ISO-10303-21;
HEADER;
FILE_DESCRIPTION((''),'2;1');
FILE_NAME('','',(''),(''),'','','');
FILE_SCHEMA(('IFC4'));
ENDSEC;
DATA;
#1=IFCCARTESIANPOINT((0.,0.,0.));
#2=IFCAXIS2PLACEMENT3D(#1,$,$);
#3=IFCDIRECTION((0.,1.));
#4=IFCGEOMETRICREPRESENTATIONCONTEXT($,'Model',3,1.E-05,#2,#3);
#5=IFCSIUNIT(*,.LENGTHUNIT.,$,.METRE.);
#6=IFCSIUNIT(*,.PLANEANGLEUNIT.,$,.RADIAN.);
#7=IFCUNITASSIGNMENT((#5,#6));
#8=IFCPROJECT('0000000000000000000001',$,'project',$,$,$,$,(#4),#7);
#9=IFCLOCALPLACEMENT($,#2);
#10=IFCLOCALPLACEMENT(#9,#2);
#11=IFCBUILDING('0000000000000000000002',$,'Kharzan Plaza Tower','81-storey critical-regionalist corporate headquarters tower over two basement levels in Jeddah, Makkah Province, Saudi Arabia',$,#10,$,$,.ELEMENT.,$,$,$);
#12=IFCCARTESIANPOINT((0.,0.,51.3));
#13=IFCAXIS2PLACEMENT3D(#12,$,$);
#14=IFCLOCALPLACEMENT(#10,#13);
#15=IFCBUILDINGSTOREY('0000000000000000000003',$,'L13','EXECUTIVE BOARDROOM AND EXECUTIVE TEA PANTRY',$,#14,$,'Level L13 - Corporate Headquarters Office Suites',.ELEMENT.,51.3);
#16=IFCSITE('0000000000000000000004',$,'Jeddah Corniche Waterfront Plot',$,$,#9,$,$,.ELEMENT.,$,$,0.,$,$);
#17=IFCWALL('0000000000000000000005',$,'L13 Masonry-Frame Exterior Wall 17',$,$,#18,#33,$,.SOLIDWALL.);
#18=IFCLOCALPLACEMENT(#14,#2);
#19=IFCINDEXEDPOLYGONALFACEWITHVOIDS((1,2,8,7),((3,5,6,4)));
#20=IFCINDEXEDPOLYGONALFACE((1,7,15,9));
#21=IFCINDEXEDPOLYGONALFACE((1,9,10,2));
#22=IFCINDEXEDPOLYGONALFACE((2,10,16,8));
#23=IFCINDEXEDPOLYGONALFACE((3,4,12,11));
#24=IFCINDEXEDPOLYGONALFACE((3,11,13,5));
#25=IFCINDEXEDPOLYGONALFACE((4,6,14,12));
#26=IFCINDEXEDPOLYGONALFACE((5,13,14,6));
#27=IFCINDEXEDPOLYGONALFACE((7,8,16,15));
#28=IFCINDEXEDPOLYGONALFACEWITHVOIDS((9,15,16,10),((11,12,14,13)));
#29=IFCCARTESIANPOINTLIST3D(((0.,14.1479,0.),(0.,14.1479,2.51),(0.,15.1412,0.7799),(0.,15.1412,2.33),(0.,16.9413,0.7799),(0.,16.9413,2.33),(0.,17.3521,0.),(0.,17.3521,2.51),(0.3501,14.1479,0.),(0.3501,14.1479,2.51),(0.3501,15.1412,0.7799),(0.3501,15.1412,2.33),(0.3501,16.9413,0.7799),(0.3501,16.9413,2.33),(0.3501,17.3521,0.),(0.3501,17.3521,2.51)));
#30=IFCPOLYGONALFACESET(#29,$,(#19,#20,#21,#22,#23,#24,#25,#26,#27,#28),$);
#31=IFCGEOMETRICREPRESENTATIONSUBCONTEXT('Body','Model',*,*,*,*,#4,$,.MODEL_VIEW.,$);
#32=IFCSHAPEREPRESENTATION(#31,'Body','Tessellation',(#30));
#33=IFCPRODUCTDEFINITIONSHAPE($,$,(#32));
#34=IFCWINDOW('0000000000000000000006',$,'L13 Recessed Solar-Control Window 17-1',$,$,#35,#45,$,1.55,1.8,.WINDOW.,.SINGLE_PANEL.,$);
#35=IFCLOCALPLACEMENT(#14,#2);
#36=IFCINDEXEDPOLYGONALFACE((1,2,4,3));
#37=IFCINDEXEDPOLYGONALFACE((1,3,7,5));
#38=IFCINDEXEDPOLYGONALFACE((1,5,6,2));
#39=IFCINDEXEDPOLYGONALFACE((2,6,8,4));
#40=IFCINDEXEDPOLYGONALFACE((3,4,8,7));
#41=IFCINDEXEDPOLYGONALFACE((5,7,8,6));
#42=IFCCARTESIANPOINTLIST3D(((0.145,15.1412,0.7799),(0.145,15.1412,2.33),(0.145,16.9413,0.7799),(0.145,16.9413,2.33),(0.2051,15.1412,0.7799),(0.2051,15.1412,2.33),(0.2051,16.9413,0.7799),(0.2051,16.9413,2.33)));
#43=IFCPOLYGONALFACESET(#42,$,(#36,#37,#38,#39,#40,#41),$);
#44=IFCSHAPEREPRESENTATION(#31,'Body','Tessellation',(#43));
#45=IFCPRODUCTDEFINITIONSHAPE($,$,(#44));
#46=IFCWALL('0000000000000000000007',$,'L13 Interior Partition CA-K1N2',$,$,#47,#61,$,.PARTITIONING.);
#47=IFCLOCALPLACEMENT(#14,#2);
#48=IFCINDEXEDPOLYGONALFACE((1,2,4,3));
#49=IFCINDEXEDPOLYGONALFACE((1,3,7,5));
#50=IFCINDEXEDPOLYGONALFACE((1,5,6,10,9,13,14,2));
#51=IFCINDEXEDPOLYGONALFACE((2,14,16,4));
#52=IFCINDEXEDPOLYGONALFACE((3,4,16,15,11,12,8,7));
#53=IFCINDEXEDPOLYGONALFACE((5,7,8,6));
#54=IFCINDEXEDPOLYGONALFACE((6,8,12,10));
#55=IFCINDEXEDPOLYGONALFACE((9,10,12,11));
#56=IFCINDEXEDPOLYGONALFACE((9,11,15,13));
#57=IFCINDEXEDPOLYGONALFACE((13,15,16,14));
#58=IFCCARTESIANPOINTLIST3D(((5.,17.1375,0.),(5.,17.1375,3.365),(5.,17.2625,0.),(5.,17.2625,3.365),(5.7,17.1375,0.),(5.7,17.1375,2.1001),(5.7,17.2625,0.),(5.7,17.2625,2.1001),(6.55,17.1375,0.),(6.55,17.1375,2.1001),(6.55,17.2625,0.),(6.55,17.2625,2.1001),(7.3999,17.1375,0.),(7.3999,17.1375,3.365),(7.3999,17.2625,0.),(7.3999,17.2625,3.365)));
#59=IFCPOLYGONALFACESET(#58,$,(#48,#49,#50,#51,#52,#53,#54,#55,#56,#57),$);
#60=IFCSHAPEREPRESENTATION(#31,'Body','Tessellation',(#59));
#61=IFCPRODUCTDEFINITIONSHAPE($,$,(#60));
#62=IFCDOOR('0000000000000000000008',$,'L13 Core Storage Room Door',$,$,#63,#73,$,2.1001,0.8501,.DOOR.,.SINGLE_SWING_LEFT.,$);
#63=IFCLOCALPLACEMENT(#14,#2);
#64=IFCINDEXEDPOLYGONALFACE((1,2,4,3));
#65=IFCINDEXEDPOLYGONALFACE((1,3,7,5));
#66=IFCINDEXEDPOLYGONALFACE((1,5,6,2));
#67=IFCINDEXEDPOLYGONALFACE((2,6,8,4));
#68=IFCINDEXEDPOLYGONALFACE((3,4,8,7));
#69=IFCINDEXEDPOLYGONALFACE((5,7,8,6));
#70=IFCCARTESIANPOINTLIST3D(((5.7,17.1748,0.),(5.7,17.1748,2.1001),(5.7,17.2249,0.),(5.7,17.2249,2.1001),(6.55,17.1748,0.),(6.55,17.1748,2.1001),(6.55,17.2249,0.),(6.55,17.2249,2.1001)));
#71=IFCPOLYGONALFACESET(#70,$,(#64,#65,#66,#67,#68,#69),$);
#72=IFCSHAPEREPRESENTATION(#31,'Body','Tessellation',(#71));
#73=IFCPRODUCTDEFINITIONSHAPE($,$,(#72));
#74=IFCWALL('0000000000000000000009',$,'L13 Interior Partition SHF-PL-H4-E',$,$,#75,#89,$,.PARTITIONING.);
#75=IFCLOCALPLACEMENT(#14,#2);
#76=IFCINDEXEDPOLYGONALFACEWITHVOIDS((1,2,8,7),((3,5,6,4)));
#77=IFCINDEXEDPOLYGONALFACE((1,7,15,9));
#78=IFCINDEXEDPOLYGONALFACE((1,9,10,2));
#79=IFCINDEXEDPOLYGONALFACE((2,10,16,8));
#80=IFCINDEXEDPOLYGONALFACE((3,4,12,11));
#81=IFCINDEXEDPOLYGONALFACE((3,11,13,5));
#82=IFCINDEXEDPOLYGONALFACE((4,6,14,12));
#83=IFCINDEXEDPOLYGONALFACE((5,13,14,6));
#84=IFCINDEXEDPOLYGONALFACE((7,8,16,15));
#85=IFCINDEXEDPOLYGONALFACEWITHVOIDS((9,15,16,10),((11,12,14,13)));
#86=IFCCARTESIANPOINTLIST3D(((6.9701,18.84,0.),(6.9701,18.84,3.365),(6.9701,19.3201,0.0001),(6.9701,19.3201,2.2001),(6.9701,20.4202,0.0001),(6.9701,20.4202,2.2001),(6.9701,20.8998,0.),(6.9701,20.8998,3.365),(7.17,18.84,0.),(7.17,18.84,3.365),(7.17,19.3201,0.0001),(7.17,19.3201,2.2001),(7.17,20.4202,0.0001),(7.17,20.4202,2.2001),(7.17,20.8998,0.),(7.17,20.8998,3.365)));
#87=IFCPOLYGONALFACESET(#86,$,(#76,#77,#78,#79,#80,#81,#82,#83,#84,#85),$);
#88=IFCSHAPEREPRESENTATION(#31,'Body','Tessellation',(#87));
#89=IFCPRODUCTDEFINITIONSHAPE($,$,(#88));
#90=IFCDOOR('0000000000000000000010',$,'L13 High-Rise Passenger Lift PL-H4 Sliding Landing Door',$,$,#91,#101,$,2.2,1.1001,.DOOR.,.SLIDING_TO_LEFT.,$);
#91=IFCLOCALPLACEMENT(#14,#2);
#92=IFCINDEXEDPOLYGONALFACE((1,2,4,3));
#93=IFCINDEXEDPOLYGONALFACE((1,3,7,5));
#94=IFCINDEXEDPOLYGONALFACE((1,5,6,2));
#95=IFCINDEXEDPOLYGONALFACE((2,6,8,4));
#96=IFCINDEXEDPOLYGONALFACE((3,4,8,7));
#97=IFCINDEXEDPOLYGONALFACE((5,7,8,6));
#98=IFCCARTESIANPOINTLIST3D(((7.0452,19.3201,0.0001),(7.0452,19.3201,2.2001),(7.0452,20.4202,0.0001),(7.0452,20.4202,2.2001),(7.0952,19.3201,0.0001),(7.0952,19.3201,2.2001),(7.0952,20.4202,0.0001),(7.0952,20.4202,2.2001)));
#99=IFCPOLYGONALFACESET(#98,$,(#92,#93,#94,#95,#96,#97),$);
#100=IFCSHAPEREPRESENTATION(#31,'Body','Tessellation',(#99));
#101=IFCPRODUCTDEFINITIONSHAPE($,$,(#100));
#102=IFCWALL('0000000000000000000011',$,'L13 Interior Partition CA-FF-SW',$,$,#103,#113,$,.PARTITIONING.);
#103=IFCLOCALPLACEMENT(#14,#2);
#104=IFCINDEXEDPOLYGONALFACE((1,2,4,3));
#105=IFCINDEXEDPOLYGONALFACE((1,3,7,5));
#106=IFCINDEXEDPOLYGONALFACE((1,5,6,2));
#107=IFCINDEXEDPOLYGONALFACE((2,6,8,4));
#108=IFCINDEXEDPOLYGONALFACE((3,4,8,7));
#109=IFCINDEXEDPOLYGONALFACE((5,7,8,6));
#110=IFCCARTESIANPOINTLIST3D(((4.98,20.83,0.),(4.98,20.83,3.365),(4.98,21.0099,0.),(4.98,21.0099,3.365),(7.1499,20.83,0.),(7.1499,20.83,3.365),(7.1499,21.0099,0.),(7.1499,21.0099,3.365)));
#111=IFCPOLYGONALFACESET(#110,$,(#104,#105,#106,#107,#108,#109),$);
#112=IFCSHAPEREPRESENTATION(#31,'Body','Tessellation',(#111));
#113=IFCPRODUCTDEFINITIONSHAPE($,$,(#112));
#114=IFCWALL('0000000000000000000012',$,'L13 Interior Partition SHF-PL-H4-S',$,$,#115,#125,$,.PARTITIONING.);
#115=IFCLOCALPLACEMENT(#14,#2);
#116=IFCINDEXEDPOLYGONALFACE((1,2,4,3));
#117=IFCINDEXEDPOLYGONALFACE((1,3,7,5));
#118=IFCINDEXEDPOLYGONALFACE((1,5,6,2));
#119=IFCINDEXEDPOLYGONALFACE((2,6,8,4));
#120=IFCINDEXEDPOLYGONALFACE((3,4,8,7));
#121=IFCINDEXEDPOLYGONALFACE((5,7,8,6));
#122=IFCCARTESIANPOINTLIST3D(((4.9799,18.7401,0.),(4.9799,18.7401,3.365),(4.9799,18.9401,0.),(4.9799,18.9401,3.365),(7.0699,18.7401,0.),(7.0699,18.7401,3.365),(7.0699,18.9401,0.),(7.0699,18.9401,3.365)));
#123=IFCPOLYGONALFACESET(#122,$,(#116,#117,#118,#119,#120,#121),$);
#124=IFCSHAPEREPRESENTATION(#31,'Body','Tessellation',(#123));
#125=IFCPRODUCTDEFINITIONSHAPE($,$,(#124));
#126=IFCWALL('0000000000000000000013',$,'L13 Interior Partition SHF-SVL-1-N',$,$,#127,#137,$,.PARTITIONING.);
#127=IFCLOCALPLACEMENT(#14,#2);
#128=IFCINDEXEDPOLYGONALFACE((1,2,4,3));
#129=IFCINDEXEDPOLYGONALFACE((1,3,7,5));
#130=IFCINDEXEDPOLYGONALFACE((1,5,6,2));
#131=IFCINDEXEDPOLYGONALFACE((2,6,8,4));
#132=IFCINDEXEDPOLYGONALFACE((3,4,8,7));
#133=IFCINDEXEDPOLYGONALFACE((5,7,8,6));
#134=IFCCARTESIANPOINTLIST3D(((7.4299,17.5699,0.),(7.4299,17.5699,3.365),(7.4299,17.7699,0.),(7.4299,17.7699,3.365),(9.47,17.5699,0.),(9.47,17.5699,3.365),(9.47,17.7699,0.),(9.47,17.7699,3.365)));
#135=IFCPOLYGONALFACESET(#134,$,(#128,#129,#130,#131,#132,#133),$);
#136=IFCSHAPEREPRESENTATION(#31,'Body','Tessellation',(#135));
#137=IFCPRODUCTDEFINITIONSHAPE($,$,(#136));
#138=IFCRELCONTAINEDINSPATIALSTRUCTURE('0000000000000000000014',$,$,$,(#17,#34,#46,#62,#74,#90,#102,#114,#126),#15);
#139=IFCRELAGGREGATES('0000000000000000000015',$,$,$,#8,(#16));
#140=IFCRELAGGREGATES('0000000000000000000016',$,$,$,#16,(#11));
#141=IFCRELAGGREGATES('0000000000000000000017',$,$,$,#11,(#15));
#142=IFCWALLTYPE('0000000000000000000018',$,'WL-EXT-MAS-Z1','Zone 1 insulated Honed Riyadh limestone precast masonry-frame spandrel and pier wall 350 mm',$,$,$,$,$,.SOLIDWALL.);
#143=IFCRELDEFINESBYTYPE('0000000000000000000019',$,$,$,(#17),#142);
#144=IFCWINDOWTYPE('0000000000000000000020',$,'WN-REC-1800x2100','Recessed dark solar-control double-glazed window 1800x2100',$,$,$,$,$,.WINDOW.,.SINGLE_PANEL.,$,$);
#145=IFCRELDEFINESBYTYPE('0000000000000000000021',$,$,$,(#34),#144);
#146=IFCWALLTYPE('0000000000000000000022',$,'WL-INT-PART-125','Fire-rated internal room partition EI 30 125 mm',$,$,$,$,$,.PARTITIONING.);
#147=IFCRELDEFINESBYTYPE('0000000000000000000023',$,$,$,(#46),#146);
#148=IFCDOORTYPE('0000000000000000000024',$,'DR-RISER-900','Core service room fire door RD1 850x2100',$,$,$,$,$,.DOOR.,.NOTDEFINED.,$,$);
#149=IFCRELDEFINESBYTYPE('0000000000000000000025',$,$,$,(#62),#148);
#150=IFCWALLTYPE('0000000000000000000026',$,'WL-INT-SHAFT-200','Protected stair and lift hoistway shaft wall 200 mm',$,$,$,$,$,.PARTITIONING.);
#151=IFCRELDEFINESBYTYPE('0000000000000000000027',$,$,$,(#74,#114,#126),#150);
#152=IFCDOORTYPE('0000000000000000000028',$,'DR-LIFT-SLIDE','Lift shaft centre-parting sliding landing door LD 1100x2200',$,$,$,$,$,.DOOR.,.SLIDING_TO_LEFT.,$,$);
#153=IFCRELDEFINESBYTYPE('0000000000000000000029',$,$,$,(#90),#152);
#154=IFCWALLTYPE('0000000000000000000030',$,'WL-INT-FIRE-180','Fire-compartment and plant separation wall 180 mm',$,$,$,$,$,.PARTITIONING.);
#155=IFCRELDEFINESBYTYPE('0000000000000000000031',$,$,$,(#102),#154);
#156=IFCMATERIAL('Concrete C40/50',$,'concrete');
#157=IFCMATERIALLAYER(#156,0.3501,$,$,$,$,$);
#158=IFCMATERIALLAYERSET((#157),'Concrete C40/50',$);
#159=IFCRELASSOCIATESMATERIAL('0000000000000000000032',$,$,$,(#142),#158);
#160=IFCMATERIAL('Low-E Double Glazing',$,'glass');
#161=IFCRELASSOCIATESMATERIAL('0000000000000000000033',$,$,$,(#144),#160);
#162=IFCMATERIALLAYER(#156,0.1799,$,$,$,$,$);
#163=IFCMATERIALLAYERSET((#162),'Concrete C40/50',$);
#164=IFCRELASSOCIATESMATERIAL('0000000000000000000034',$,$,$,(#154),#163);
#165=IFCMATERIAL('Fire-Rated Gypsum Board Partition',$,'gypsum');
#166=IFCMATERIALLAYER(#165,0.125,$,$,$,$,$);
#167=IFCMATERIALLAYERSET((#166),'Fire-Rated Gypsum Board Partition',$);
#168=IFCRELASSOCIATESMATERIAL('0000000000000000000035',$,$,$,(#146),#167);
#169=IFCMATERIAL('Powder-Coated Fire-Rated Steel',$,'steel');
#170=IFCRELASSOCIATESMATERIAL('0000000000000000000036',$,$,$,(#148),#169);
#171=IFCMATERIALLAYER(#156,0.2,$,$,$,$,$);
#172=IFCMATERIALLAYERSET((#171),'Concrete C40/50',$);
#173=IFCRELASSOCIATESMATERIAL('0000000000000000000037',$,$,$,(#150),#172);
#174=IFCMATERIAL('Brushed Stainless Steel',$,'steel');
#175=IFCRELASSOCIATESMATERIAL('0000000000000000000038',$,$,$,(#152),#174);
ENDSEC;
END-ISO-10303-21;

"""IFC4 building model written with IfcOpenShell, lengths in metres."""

from ifc_helpers import new_model, si_unit, direction, frame, frame_2d, origin, place, context, subcontext, project, spatial, rectangle, extrude, source, transform, mapped, material, layer, layer_set, type_object, element, fill, save


model = new_model("IFC4")

# Units and contexts
model_context = context("Model", 3, precision=1e-05, world=origin(), true_north=direction((0.0, 1.0)))
body_context = subcontext(model_context, "Body", "Model", "MODEL_VIEW")
ifc_project = project(units=[si_unit("LENGTHUNIT", "METRE"), si_unit("PLANEANGLEUNIT", "RADIAN")], contexts=[model_context])

# Site, building, storey
site_placement = place(None, origin())
site = spatial("IfcSite", under=ifc_project, at=site_placement, Name="Jeddah Corniche Waterfront Plot", CompositionType="ELEMENT", RefElevation=0.0)
building_placement = place(site_placement, origin())
building = spatial("IfcBuilding", under=site, at=building_placement, Name="Kharzan Plaza Tower", Description="81-storey critical-regionalist corporate headquarters tower over two basement levels in Jeddah, Makkah Province, Saudi Arabia", CompositionType="ELEMENT")
storey_placement = place(building_placement, frame((0.0, 0.0, 51.3)))
storey = spatial("IfcBuildingStorey", under=building, at=storey_placement, Name="L13", Description="EXECUTIVE BOARDROOM AND EXECUTIVE TEA PANTRY", LongName="Level L13 - Corporate Headquarters Office Suites", CompositionType="ELEMENT", Elevation=51.3)

# Wall, opening, window
ifc_material_1 = material(Name="Concrete C40/50", Category="concrete")
ifc_layer_1 = layer(ifc_material_1, 0.3501)
ifc_layer_set_1 = layer_set([ifc_layer_1], Name="Concrete C40/50")
wall_type_1 = type_object("IfcWallType", Name="WL-EXT-MAS-Z1", Description="Zone 1 insulated Honed Riyadh limestone precast masonry-frame spandrel and pier wall 350 mm", PredefinedType="SOLIDWALL", material=ifc_layer_set_1)
ifc_material_2 = material(Name="Low-E Double Glazing", Category="glass")
window_type = type_object("IfcWindowType", Name="WN-REC-1800x2100", Description="Recessed dark solar-control double-glazed window 1800x2100", PartitioningType="SINGLE_PANEL", PredefinedType="WINDOW", material=ifc_material_2)
shared_shape_1 = source(origin(), body_context, "Body", "SweptSolid", [
    extrude(rectangle(XDim=1.8, YDim=1.55, at=frame_2d((0.8999, 0.7749))), frame((0.0, 0.03, 0.0), z_axis=(0.0, -1.0, 0.0), x_axis=(1.0, 0.0, 0.0)), (0.0, 0.0, 1.0), 0.0601),
])
wall_1_placement = place(storey_placement, frame((0.175, 17.3521, 0.0), z_axis=(0.0, 0.0, 1.0), x_axis=(0.0, -1.0, 0.0)))
wall_1 = element("IfcWall", 1, at=wall_1_placement, inside=storey, type_object=wall_type_1, Name="L13 Masonry-Frame Exterior Wall 17", PredefinedType="SOLIDWALL", context=body_context, shape_type="SweptSolid", body=[
    extrude(rectangle(XDim=3.2041, YDim=0.3501, at=frame_2d((1.6021, 0.0))), origin(), (0.0, 0.0, 1.0), 2.51),
])
opening_1_placement = place(wall_1_placement, frame((0.4109, 0.0, 0.78)))
opening_1 = element("IfcOpeningElement", 2, at=opening_1_placement, cuts=wall_1, PredefinedType="OPENING", context=body_context, shape_type="SweptSolid", body=[
    extrude(rectangle(XDim=1.8, YDim=1.55, at=frame_2d((0.8999, 0.7749))), frame((0.0, 0.1851, 0.0), z_axis=(0.0, -1.0, 0.0), x_axis=(1.0, 0.0, 0.0)), (0.0, 0.0, 1.0), 0.3701),
])
window_1_placement = place(opening_1_placement, origin())
window_1 = element("IfcWindow", 3, at=window_1_placement, inside=storey, type_object=window_type, Name="L13 Recessed Solar-Control Window 17-1", OverallHeight=1.55, OverallWidth=1.8, PartitioningType="SINGLE_PANEL", PredefinedType="WINDOW", context=body_context, shape_type="MappedRepresentation", body=[
    mapped(shared_shape_1, transform((0.0, 0.0, 0.0), x_axis=(1.0, 0.0, 0.0), y_axis=(0.0, 1.0, 0.0), z_axis=(0.0, 0.0, 1.0))),
])
fill(opening_1, window_1)

# Walls, openings, doors
ifc_layer_2 = layer(ifc_material_1, 0.1799)
ifc_layer_set_2 = layer_set([ifc_layer_2], Name="Concrete C40/50")
wall_type_2 = type_object("IfcWallType", Name="WL-INT-FIRE-180", Description="Fire-compartment and plant separation wall 180 mm", PredefinedType="PARTITIONING", material=ifc_layer_set_2)
ifc_material_3 = material(Name="Fire-Rated Gypsum Board Partition", Category="gypsum")
ifc_layer_3 = layer(ifc_material_3, 0.125)
ifc_layer_set_3 = layer_set([ifc_layer_3], Name="Fire-Rated Gypsum Board Partition")
wall_type_3 = type_object("IfcWallType", Name="WL-INT-PART-125", Description="Fire-rated internal room partition EI 30 125 mm", PredefinedType="PARTITIONING", material=ifc_layer_set_3)
wall_2_placement = place(storey_placement, frame((5.0, 17.2, 0.0), z_axis=(0.0, 0.0, 1.0), x_axis=(1.0, 0.0, 0.0)))
wall_2 = element("IfcWall", 4, at=wall_2_placement, inside=storey, type_object=wall_type_3, Name="L13 Interior Partition CA-K1N2", PredefinedType="PARTITIONING", context=body_context, shape_type="SweptSolid", body=[
    extrude(rectangle(XDim=2.3999, YDim=0.125, at=frame_2d((1.2, 0.0))), origin(), (0.0, 0.0, 1.0), 3.365),
])
opening_2_placement = place(wall_2_placement, frame((0.7, 0.0, 0.0)))
opening_2 = element("IfcOpeningElement", 5, at=opening_2_placement, cuts=wall_2, PredefinedType="OPENING", context=body_context, shape_type="SweptSolid", body=[
    extrude(rectangle(XDim=0.8501, YDim=2.1001, at=frame_2d((0.425, 1.05))), frame((0.0, 0.0725, 0.0), z_axis=(0.0, -1.0, 0.0), x_axis=(1.0, 0.0, 0.0)), (0.0, 0.0, 1.0), 0.145),
])
ifc_material_4 = material(Name="Powder-Coated Fire-Rated Steel", Category="steel")
door_type_1 = type_object("IfcDoorType", Name="DR-RISER-900", Description="Core service room fire door RD1 850x2100", OperationType="NOTDEFINED", PredefinedType="DOOR", material=ifc_material_4)
shared_shape_2 = source(origin(), body_context, "Body", "SweptSolid", [
    extrude(rectangle(XDim=0.8501, YDim=2.1001, at=frame_2d((0.425, 1.05))), frame((0.0, 0.0249, 0.0), z_axis=(0.0, -1.0, 0.0), x_axis=(1.0, 0.0, 0.0)), (0.0, 0.0, 1.0), 0.05),
])
door_1_placement = place(opening_2_placement, origin())
door_1 = element("IfcDoor", 6, at=door_1_placement, inside=storey, type_object=door_type_1, Name="L13 Core Storage Room Door", OperationType="SINGLE_SWING_LEFT", OverallHeight=2.1001, OverallWidth=0.8501, PredefinedType="DOOR", context=body_context, shape_type="MappedRepresentation", body=[
    mapped(shared_shape_2, transform((0.0, 0.0, 0.0), x_axis=(1.0, 0.0, 0.0), y_axis=(0.0, 1.0, 0.0), z_axis=(0.0, 0.0, 1.0))),
])
fill(opening_2, door_1)
ifc_layer_4 = layer(ifc_material_1, 0.2)
ifc_layer_set_4 = layer_set([ifc_layer_4], Name="Concrete C40/50")
wall_type_4 = type_object("IfcWallType", Name="WL-INT-SHAFT-200", Description="Protected stair and lift hoistway shaft wall 200 mm", PredefinedType="PARTITIONING", material=ifc_layer_set_4)
wall_3_placement = place(storey_placement, frame((7.0701, 18.8401, 0.0), z_axis=(0.0, 0.0, 1.0), x_axis=(0.0, 1.0, 0.0)))
wall_3 = element("IfcWall", 7, at=wall_3_placement, inside=storey, type_object=wall_type_4, Name="L13 Interior Partition SHF-PL-H4-E", PredefinedType="PARTITIONING", context=body_context, shape_type="SweptSolid", body=[
    extrude(rectangle(XDim=2.0598, YDim=0.2, at=frame_2d((1.0298, 0.0))), origin(), (0.0, 0.0, 1.0), 3.365),
])
opening_3_placement = place(wall_3_placement, frame((0.48, 0.0, 0.0)))
opening_3 = element("IfcOpeningElement", 8, at=opening_3_placement, cuts=wall_3, PredefinedType="OPENING", context=body_context, shape_type="SweptSolid", body=[
    extrude(rectangle(XDim=1.1001, YDim=2.2, at=frame_2d((0.55, 1.1001))), frame((0.0, 0.1099, 0.0), z_axis=(0.0, -1.0, 0.0), x_axis=(1.0, 0.0, 0.0)), (0.0, 0.0, 1.0), 0.22),
])
ifc_material_5 = material(Name="Brushed Stainless Steel", Category="steel")
door_type_2 = type_object("IfcDoorType", Name="DR-LIFT-SLIDE", Description="Lift shaft centre-parting sliding landing door LD 1100x2200", OperationType="SLIDING_TO_LEFT", PredefinedType="DOOR", material=ifc_material_5)
shared_shape_3 = source(origin(), body_context, "Body", "SweptSolid", [
    extrude(rectangle(XDim=1.1001, YDim=2.2, at=frame_2d((0.55, 1.1001))), frame((0.0, 0.0249, 0.0), z_axis=(0.0, -1.0, 0.0), x_axis=(1.0, 0.0, 0.0)), (0.0, 0.0, 1.0), 0.05),
])
door_2_placement = place(opening_3_placement, origin())
door_2 = element("IfcDoor", 9, at=door_2_placement, inside=storey, type_object=door_type_2, Name="L13 High-Rise Passenger Lift PL-H4 Sliding Landing Door", OperationType="SLIDING_TO_LEFT", OverallHeight=2.2, OverallWidth=1.1001, PredefinedType="DOOR", context=body_context, shape_type="MappedRepresentation", body=[
    mapped(shared_shape_3, transform((0.0, 0.0, 0.0), x_axis=(1.0, 0.0, 0.0), y_axis=(0.0, 1.0, 0.0), z_axis=(0.0, 0.0, 1.0))),
])
fill(opening_3, door_2)

# Walls
shared_shape_4 = source(origin(), body_context, "Body", "SweptSolid", [
    extrude(rectangle(XDim=2.1699, YDim=0.1799, at=frame_2d((1.085, 0.0))), origin(), (0.0, 0.0, 1.0), 3.365),
])
wall_4_placement = place(storey_placement, frame((4.98, 20.9199, 0.0), z_axis=(0.0, 0.0, 1.0), x_axis=(1.0, 0.0, 0.0)))
element("IfcWall", 10, at=wall_4_placement, inside=storey, type_object=wall_type_2, Name="L13 Interior Partition CA-FF-SW", PredefinedType="PARTITIONING", context=body_context, shape_type="MappedRepresentation", body=[
    mapped(shared_shape_4, transform((0.0, 0.0, 0.0), x_axis=(1.0, 0.0, 0.0), y_axis=(0.0, 1.0, 0.0), z_axis=(0.0, 0.0, 1.0))),
])
shared_shape_5 = source(origin(), body_context, "Body", "SweptSolid", [
    extrude(rectangle(XDim=2.0901, YDim=0.2, at=frame_2d((1.0449, 0.0))), origin(), (0.0, 0.0, 1.0), 3.365),
])
wall_5_placement = place(storey_placement, frame((4.98, 18.8401, 0.0), z_axis=(0.0, 0.0, 1.0), x_axis=(1.0, 0.0, 0.0)))
element("IfcWall", 11, at=wall_5_placement, inside=storey, type_object=wall_type_4, Name="L13 Interior Partition SHF-PL-H4-S", PredefinedType="PARTITIONING", context=body_context, shape_type="MappedRepresentation", body=[
    mapped(shared_shape_5, transform((0.0, 0.0, 0.0), x_axis=(1.0, 0.0, 0.0), y_axis=(0.0, 1.0, 0.0), z_axis=(0.0, 0.0, 1.0))),
])
shared_shape_6 = source(origin(), body_context, "Body", "SweptSolid", [
    extrude(rectangle(XDim=2.04, YDim=0.2, at=frame_2d((1.02, 0.0))), origin(), (0.0, 0.0, 1.0), 3.365),
])
wall_6_placement = place(storey_placement, frame((7.4299, 17.6699, 0.0), z_axis=(0.0, 0.0, 1.0), x_axis=(1.0, 0.0, 0.0)))
element("IfcWall", 12, at=wall_6_placement, inside=storey, type_object=wall_type_4, Name="L13 Interior Partition SHF-SVL-1-N", PredefinedType="PARTITIONING", context=body_context, shape_type="MappedRepresentation", body=[
    mapped(shared_shape_6, transform((0.0, 0.0, 0.0), x_axis=(1.0, 0.0, 0.0), y_axis=(0.0, 1.0, 0.0), z_axis=(0.0, 0.0, 1.0))),
])

save(model, "model.ifc")
